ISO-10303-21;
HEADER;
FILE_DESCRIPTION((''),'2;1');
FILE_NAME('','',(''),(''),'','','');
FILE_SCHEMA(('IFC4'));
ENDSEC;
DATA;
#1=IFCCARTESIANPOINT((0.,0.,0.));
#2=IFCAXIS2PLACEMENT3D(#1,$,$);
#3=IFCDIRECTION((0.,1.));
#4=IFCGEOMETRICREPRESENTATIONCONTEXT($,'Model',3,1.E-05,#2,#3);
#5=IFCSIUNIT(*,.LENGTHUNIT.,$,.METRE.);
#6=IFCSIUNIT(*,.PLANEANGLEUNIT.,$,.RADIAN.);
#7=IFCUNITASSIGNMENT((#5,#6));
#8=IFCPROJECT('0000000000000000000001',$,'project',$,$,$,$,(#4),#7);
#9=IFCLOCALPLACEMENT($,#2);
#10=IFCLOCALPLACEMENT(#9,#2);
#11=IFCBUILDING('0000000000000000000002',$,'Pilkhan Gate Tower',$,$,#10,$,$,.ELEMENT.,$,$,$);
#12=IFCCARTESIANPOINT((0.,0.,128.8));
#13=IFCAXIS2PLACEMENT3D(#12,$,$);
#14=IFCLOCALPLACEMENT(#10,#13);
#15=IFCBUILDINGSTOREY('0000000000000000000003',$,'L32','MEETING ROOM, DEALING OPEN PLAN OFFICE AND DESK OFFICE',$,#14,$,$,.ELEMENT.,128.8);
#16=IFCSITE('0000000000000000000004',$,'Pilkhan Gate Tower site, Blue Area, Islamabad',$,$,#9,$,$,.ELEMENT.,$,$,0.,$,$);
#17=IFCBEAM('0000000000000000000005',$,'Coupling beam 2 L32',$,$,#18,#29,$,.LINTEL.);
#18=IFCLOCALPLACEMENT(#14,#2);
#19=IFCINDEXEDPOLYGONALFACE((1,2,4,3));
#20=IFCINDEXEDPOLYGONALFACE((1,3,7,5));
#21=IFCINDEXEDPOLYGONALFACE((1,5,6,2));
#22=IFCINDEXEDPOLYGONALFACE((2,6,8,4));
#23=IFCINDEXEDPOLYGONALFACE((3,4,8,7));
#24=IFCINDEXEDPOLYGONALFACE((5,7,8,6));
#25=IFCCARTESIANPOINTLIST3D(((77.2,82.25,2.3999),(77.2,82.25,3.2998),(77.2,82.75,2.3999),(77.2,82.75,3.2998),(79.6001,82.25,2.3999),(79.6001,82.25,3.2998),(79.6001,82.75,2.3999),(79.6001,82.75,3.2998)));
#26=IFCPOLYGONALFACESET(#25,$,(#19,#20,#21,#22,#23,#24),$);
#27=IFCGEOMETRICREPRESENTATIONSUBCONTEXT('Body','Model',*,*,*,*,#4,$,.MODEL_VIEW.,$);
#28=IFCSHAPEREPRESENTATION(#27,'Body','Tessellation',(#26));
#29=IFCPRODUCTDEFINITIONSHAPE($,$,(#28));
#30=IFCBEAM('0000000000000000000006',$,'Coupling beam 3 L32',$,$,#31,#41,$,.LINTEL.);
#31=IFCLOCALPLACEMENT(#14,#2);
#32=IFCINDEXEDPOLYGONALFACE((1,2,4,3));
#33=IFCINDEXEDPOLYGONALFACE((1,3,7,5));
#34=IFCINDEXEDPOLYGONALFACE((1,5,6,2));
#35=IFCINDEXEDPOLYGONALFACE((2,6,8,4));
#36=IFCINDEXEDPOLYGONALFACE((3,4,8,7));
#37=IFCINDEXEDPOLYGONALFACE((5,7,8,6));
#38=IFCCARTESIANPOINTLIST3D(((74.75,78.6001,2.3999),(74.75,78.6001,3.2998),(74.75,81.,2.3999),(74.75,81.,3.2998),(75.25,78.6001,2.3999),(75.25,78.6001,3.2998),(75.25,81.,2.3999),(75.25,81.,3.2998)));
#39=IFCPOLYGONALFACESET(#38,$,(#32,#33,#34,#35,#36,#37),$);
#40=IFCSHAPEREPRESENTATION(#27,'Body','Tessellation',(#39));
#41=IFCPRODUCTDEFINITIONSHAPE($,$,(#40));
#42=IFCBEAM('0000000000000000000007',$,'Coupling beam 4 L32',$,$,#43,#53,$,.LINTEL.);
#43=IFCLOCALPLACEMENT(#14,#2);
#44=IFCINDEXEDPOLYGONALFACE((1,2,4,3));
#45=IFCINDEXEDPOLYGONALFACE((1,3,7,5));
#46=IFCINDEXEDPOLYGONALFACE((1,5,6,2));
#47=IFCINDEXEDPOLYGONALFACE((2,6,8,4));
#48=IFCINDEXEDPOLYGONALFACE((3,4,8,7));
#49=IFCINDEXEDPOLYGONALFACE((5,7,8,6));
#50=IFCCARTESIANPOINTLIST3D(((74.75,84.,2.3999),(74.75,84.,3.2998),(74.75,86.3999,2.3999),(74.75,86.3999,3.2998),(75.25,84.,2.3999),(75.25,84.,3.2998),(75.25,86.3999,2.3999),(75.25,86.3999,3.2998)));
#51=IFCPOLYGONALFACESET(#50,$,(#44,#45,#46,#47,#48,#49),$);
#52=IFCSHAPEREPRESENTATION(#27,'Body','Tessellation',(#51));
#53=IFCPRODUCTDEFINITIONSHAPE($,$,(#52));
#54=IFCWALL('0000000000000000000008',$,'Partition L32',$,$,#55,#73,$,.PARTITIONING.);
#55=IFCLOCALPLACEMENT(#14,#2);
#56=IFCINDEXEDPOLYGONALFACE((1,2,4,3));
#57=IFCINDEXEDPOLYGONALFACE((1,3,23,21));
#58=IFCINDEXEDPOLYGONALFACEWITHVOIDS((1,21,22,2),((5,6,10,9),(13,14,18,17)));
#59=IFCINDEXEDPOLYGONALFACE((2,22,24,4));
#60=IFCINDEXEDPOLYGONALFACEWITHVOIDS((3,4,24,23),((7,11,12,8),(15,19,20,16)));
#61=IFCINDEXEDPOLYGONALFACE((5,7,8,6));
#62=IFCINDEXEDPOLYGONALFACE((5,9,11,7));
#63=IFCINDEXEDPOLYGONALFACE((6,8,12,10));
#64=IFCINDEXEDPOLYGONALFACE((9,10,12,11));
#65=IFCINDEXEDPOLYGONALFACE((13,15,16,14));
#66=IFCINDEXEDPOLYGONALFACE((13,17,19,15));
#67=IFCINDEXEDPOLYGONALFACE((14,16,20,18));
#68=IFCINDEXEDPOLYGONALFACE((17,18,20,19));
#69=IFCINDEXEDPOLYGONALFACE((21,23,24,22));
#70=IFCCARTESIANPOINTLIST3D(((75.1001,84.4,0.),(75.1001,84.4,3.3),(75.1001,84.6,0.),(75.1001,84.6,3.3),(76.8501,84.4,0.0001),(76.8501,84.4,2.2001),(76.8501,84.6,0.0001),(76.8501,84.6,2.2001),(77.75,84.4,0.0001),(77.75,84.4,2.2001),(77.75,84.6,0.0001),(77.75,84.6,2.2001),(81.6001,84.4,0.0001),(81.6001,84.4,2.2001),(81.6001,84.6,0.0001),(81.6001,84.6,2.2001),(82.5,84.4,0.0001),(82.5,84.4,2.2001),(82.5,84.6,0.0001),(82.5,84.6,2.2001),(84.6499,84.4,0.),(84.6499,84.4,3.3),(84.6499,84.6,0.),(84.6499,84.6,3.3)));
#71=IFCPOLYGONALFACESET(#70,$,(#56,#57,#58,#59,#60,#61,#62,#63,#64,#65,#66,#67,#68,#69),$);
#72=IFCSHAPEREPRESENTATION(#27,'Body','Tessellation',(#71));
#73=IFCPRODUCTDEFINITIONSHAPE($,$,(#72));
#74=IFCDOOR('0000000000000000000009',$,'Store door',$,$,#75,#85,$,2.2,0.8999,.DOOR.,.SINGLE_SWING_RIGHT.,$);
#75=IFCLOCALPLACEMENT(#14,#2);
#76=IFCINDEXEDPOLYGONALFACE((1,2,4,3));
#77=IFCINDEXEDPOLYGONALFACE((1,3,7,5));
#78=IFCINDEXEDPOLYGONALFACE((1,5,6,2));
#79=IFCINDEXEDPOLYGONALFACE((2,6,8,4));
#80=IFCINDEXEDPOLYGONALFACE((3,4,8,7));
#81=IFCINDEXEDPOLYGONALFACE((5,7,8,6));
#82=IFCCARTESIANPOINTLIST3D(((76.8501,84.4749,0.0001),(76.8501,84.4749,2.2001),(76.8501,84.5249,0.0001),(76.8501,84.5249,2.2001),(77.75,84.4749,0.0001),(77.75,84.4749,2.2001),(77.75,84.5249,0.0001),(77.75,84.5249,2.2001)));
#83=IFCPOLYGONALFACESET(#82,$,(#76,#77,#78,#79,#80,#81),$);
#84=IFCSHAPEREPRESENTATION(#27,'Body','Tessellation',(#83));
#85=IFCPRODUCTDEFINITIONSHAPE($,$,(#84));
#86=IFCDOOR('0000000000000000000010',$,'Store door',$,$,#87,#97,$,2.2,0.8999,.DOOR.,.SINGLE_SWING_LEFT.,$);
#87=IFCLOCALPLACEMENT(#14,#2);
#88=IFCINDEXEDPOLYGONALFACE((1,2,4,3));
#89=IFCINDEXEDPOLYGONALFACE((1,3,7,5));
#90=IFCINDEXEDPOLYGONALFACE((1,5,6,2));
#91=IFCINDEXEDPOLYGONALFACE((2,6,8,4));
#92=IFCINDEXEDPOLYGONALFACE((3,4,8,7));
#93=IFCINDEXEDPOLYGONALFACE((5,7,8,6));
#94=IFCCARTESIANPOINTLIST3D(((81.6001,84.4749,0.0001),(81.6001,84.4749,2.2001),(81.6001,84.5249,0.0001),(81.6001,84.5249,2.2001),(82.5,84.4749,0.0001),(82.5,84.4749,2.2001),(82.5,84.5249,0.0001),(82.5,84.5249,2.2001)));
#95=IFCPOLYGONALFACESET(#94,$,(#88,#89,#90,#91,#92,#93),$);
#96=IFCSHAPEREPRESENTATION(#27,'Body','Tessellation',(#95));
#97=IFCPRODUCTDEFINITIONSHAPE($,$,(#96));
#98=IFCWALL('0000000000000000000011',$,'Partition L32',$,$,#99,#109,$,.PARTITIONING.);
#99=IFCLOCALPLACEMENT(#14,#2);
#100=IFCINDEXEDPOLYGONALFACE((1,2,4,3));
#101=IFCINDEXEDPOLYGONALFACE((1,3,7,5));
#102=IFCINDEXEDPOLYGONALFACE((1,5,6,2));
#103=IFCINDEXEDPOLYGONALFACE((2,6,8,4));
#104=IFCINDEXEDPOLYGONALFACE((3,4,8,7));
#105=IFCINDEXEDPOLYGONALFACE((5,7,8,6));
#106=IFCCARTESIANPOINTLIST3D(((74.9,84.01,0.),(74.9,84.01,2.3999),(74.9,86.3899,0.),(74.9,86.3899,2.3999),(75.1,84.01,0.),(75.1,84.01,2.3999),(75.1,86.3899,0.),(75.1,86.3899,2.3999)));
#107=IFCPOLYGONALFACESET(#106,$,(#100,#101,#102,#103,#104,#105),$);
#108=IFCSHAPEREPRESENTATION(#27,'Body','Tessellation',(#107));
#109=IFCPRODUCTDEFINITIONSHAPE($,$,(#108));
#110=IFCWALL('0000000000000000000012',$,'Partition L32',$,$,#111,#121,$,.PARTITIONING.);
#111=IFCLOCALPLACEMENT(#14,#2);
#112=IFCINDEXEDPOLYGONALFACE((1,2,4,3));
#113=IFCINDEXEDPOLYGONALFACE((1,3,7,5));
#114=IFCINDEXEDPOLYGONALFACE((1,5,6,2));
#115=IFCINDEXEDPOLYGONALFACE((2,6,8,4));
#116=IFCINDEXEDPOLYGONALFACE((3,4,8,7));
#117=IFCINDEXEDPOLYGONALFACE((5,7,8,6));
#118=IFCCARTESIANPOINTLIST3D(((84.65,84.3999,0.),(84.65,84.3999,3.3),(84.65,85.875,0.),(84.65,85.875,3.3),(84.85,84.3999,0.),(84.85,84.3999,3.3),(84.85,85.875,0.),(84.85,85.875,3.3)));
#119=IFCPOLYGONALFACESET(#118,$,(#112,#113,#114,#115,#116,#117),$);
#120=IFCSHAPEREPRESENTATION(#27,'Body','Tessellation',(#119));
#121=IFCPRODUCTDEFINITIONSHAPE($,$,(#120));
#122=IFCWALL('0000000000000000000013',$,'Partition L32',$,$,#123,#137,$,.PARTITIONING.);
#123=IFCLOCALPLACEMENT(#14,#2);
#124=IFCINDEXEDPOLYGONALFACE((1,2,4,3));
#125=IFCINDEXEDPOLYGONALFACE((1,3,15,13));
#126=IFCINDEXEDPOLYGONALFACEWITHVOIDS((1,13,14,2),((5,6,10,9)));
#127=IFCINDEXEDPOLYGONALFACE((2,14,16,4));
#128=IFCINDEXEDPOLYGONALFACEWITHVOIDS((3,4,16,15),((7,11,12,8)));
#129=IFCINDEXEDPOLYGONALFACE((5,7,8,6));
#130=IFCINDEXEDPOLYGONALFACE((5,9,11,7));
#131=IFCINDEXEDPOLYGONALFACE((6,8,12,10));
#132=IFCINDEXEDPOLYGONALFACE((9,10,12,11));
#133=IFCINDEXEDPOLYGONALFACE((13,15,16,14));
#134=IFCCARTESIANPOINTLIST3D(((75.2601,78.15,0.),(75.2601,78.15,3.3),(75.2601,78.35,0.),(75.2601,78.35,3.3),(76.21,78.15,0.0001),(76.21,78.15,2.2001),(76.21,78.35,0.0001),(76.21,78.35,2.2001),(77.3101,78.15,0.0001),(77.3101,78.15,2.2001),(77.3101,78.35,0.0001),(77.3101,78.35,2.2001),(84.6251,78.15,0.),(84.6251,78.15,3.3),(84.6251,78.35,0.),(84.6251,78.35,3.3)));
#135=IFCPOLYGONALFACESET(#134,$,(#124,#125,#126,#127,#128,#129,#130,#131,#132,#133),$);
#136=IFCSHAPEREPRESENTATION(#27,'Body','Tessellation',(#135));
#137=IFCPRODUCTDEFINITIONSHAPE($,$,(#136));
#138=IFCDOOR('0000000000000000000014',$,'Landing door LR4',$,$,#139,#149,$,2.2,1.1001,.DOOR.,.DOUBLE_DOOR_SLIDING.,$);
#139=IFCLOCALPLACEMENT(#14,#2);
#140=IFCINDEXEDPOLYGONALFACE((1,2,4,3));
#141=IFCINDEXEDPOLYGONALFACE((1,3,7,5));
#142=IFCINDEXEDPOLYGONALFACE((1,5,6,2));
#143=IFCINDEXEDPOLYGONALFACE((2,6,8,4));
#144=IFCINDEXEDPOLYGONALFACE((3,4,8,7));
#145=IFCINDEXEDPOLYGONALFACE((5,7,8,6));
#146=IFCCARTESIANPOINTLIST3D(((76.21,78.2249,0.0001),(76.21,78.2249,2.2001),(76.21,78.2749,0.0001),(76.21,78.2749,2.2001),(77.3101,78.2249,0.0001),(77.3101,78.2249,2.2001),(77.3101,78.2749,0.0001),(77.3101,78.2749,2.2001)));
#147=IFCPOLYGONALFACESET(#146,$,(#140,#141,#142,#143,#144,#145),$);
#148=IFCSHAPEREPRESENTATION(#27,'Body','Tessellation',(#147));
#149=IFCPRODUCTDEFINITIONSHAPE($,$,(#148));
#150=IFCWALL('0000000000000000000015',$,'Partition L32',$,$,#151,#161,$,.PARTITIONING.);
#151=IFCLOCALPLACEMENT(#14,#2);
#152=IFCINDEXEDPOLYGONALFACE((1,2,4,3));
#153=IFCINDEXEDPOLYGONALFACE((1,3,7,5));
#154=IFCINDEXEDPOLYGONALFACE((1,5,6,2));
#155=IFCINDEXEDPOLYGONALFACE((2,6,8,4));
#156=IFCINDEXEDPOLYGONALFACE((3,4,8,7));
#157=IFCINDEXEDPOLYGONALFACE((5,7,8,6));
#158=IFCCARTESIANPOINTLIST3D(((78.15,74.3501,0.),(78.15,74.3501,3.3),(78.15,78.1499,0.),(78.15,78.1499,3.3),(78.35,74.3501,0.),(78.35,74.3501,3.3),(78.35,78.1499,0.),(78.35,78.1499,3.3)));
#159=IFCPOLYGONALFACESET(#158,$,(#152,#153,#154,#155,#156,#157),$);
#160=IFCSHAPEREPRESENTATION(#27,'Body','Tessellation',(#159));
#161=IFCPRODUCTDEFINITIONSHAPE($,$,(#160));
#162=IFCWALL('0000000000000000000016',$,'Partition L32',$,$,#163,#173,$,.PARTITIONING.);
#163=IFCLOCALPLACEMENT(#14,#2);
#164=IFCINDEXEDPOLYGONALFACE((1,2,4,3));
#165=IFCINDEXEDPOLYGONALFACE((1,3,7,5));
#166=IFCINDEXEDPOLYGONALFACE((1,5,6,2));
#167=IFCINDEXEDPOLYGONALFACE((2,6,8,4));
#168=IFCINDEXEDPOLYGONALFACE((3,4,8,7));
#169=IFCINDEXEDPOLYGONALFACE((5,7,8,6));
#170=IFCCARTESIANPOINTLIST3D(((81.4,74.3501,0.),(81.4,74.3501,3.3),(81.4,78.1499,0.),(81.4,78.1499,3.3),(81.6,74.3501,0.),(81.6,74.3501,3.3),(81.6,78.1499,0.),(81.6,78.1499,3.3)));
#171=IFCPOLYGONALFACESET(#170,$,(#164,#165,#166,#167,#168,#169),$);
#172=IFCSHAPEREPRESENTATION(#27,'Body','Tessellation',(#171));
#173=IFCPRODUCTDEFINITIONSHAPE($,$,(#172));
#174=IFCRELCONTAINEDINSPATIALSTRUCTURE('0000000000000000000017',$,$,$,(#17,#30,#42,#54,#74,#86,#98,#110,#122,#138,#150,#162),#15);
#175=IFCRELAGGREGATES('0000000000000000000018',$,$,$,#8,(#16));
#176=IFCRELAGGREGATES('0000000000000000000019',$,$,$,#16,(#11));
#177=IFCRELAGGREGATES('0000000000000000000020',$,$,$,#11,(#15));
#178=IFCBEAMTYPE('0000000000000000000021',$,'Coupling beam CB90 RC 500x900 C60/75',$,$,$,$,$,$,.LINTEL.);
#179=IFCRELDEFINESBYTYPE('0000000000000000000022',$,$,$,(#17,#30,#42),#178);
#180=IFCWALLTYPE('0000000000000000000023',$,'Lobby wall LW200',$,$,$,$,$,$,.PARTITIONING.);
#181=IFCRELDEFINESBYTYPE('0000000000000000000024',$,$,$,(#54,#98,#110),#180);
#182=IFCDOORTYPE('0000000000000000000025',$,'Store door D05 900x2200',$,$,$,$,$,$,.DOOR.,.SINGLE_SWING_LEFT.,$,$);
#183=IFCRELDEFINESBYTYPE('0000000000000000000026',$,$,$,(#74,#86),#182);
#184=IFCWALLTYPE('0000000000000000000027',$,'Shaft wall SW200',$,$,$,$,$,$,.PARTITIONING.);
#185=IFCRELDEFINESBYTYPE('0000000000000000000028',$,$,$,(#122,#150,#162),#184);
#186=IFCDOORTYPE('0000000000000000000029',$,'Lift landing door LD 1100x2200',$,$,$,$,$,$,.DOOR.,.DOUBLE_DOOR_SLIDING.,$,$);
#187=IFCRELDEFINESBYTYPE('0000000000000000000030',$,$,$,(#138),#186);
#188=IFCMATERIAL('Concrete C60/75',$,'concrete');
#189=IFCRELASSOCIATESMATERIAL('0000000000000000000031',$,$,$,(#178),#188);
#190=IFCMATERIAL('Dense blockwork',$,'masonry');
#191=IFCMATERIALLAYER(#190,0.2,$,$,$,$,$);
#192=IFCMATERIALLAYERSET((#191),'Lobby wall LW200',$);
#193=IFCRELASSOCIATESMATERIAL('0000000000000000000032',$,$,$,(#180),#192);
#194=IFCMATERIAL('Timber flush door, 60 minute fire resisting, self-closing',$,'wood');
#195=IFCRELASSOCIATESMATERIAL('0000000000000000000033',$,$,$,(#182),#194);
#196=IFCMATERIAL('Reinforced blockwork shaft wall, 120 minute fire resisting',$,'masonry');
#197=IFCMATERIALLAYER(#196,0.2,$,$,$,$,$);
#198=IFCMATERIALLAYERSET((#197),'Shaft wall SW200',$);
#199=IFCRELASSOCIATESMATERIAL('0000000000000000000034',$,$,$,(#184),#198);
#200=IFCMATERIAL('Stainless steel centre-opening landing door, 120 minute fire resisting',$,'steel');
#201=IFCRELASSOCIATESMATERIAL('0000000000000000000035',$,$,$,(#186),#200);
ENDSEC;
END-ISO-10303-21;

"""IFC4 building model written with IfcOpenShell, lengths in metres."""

from ifc_helpers import new_model, si_unit, direction, frame, frame_2d, origin, origin_2d, place, context, subcontext, project, spatial, rectangle, extrude, material, layer, layer_set, material_profile, profile_set, type_object, element, fill, save


model = new_model("IFC4")

# Units and contexts
model_context = context("Model", 3, precision=1e-05, world=origin(), true_north=direction((0.0, 1.0)))
body_context = subcontext(model_context, "Body", "Model", "MODEL_VIEW")
ifc_project = project(units=[si_unit("LENGTHUNIT", "METRE"), si_unit("PLANEANGLEUNIT", "RADIAN")], contexts=[model_context])

# Site, building, storey
site_placement = place(None, origin())
site = spatial("IfcSite", under=ifc_project, at=site_placement, Name="Pilkhan Gate Tower site, Blue Area, Islamabad", CompositionType="ELEMENT", RefElevation=0.0)
building_placement = place(site_placement, origin())
building = spatial("IfcBuilding", under=site, at=building_placement, Name="Pilkhan Gate Tower", CompositionType="ELEMENT")
storey_placement = place(building_placement, frame((0.0, 0.0, 128.8)))
storey = spatial("IfcBuildingStorey", under=building, at=storey_placement, Name="L32", Description="MEETING ROOM, DEALING OPEN PLAN OFFICE AND DESK OFFICE", CompositionType="ELEMENT", Elevation=128.8)

# Beams
ifc_material_1 = material(Name="Concrete C60/75", Category="concrete")
ifc_material_profile = material_profile(ifc_material_1, rectangle(XDim=0.5, YDim=0.8999, at=origin_2d()), Name="RC 500x900")
ifc_profile_set = profile_set([ifc_material_profile], Name="Concrete C60/75")
beam_type = type_object("IfcBeamType", Name="Coupling beam CB90 RC 500x900 C60/75", PredefinedType="LINTEL", material=ifc_profile_set)
beam_placement = place(storey_placement, frame((77.2, 82.5, 2.8499), z_axis=(1.0, 0.0, 0.0), x_axis=(0.0, 1.0, 0.0)))
element("IfcBeam", 1, at=beam_placement, inside=storey, type_object=beam_type, Name="Coupling beam 2 L32", PredefinedType="LINTEL", context=body_context, shape_type="SweptSolid", body=[
    extrude(rectangle(XDim=0.5, YDim=0.8999, at=origin_2d()), origin(), (0.0, 0.0, 1.0), 2.4001),
])
for number, where, z_axis, x_axis, name in (
    (2, (75.0, 78.6001, 2.8499), (0.0, 1.0, 0.0), (-1.0, 0.0, 0.0), "Coupling beam 3 L32"),
    (3, (75.0, 84.0, 2.8499), (0.0, 1.0, 0.0), (-1.0, 0.0, 0.0), "Coupling beam 4 L32"),
):
    element("IfcBeam", number, at=place(storey_placement, frame(where, z_axis=z_axis, x_axis=x_axis)), inside=storey, type_object=beam_type, Name=name, PredefinedType="LINTEL", context=body_context, shape_type="SweptSolid", body=[
        extrude(rectangle(XDim=0.5, YDim=0.8999, at=origin_2d()), origin(), (0.0, 0.0, 1.0), 2.3999),
    ])

# Wall, openings, doors
ifc_material_2 = material(Name="Dense blockwork", Category="masonry")
ifc_layer_1 = layer(ifc_material_2, 0.2)
ifc_layer_set_1 = layer_set([ifc_layer_1], Name="Lobby wall LW200")
wall_type_1 = type_object("IfcWallType", Name="Lobby wall LW200", PredefinedType="PARTITIONING", material=ifc_layer_set_1)
wall_1_placement = place(storey_placement, frame((75.1001, 84.5, 0.0), z_axis=(0.0, 0.0, 1.0), x_axis=(1.0, 0.0, 0.0)))
wall_1 = element("IfcWall", 4, at=wall_1_placement, inside=storey, type_object=wall_type_1, Name="Partition L32", PredefinedType="PARTITIONING", context=body_context, shape_type="SweptSolid", body=[
    extrude(rectangle(XDim=9.5498, YDim=0.2, at=frame_2d((4.7749, 0.0))), origin(), (0.0, 0.0, 1.0), 3.3),
])
opening_1_placement = place(wall_1_placement, frame((1.75, 0.0, 0.0)))
opening_1 = element("IfcOpeningElement", 5, at=opening_1_placement, cuts=wall_1, PredefinedType="OPENING", context=body_context, shape_type="SweptSolid", body=[
    extrude(rectangle(XDim=0.8999, YDim=2.2, at=frame_2d((0.45, 1.1001))), frame((0.0, 0.1099, 0.0), z_axis=(0.0, -1.0, 0.0), x_axis=(1.0, 0.0, 0.0)), (0.0, 0.0, 1.0), 0.22),
])
opening_2_placement = place(wall_1_placement, frame((6.5, 0.0, 0.0)))
opening_2 = element("IfcOpeningElement", 6, at=opening_2_placement, cuts=wall_1, PredefinedType="OPENING", context=body_context, shape_type="SweptSolid", body=[
    extrude(rectangle(XDim=0.8999, YDim=2.2, at=frame_2d((0.45, 1.1001))), frame((0.0, 0.1099, 0.0), z_axis=(0.0, -1.0, 0.0), x_axis=(1.0, 0.0, 0.0)), (0.0, 0.0, 1.0), 0.22),
])
ifc_material_3 = material(Name="Timber flush door, 60 minute fire resisting, self-closing", Category="wood")
door_type_1 = type_object("IfcDoorType", Name="Store door D05 900x2200", OperationType="SINGLE_SWING_LEFT", PredefinedType="DOOR", material=ifc_material_3)
door_1_placement = place(opening_1_placement, origin())
door_1 = element("IfcDoor", 7, at=door_1_placement, inside=storey, type_object=door_type_1, Name="Store door", OperationType="SINGLE_SWING_RIGHT", OverallHeight=2.2, OverallWidth=0.8999, PredefinedType="DOOR", context=body_context, shape_type="SweptSolid", body=[
    extrude(rectangle(XDim=0.8999, YDim=2.2, at=frame_2d((0.45, 1.1001))), frame((0.0, 0.0249, 0.0), z_axis=(0.0, -1.0, 0.0), x_axis=(1.0, 0.0, 0.0)), (0.0, 0.0, 1.0), 0.05),
])
fill(opening_1, door_1)
door_2_placement = place(opening_2_placement, origin())
door_2 = element("IfcDoor", 8, at=door_2_placement, inside=storey, type_object=door_type_1, Name="Store door", OperationType="SINGLE_SWING_LEFT", OverallHeight=2.2, OverallWidth=0.8999, PredefinedType="DOOR", context=body_context, shape_type="SweptSolid", body=[
    extrude(rectangle(XDim=0.8999, YDim=2.2, at=frame_2d((0.45, 1.1001))), frame((0.0, 0.0249, 0.0), z_axis=(0.0, -1.0, 0.0), x_axis=(1.0, 0.0, 0.0)), (0.0, 0.0, 1.0), 0.05),
])
fill(opening_2, door_2)

# Walls
wall_2_placement = place(storey_placement, frame((75.0, 84.01, 0.0), z_axis=(0.0, 0.0, 1.0), x_axis=(0.0, 1.0, 0.0)))
element("IfcWall", 9, at=wall_2_placement, inside=storey, type_object=wall_type_1, Name="Partition L32", PredefinedType="PARTITIONING", context=body_context, shape_type="SweptSolid", body=[
    extrude(rectangle(XDim=2.3799, YDim=0.2, at=frame_2d((1.1899, 0.0))), origin(), (0.0, 0.0, 1.0), 2.3999),
])
wall_3_placement = place(storey_placement, frame((84.75, 84.3999, 0.0), z_axis=(0.0, 0.0, 1.0), x_axis=(0.0, 1.0, 0.0)))
element("IfcWall", 10, at=wall_3_placement, inside=storey, type_object=wall_type_1, Name="Partition L32", PredefinedType="PARTITIONING", context=body_context, shape_type="SweptSolid", body=[
    extrude(rectangle(XDim=1.4751, YDim=0.2, at=frame_2d((0.7375, 0.0))), origin(), (0.0, 0.0, 1.0), 3.3),
])

# Wall, opening, door
ifc_material_4 = material(Name="Reinforced blockwork shaft wall, 120 minute fire resisting", Category="masonry")
ifc_layer_2 = layer(ifc_material_4, 0.2)
ifc_layer_set_2 = layer_set([ifc_layer_2], Name="Shaft wall SW200")
wall_type_2 = type_object("IfcWallType", Name="Shaft wall SW200", PredefinedType="PARTITIONING", material=ifc_layer_set_2)
wall_4_placement = place(storey_placement, frame((75.26, 78.25, 0.0), z_axis=(0.0, 0.0, 1.0), x_axis=(1.0, 0.0, 0.0)))
wall_4 = element("IfcWall", 11, at=wall_4_placement, inside=storey, type_object=wall_type_2, Name="Partition L32", PredefinedType="PARTITIONING", context=body_context, shape_type="SweptSolid", body=[
    extrude(rectangle(XDim=9.365, YDim=0.2, at=frame_2d((4.6826, 0.0))), origin(), (0.0, 0.0, 1.0), 3.3),
])
opening_3_placement = place(wall_4_placement, frame((0.95, 0.0, 0.0)))
opening_3 = element("IfcOpeningElement", 12, at=opening_3_placement, cuts=wall_4, PredefinedType="OPENING", context=body_context, shape_type="SweptSolid", body=[
    extrude(rectangle(XDim=1.1001, YDim=2.2, at=frame_2d((0.55, 1.1001))), frame((0.0, 0.1099, 0.0), z_axis=(0.0, -1.0, 0.0), x_axis=(1.0, 0.0, 0.0)), (0.0, 0.0, 1.0), 0.22),
])
ifc_material_5 = material(Name="Stainless steel centre-opening landing door, 120 minute fire resisting", Category="steel")
door_type_2 = type_object("IfcDoorType", Name="Lift landing door LD 1100x2200", OperationType="DOUBLE_DOOR_SLIDING", PredefinedType="DOOR", material=ifc_material_5)
door_3_placement = place(opening_3_placement, origin())
door_3 = element("IfcDoor", 13, at=door_3_placement, inside=storey, type_object=door_type_2, Name="Landing door LR4", OperationType="DOUBLE_DOOR_SLIDING", OverallHeight=2.2, OverallWidth=1.1001, PredefinedType="DOOR", context=body_context, shape_type="SweptSolid", body=[
    extrude(rectangle(XDim=1.1001, YDim=2.2, at=frame_2d((0.55, 1.1001))), frame((0.0, 0.0249, 0.0), z_axis=(0.0, -1.0, 0.0), x_axis=(1.0, 0.0, 0.0)), (0.0, 0.0, 1.0), 0.05),
])
fill(opening_3, door_3)

# Walls
for number, where, z_axis, x_axis, name in (
    (14, (78.25, 74.3501, 0.0), (0.0, 0.0, 1.0), (0.0, 1.0, 0.0), "Partition L32"),
    (15, (81.5, 74.3501, 0.0), (0.0, 0.0, 1.0), (0.0, 1.0, 0.0), "Partition L32"),
):
    element("IfcWall", number, at=place(storey_placement, frame(where, z_axis=z_axis, x_axis=x_axis)), inside=storey, type_object=wall_type_2, Name=name, PredefinedType="PARTITIONING", context=body_context, shape_type="SweptSolid", body=[
        extrude(rectangle(XDim=3.7998, YDim=0.2, at=frame_2d((1.8999, 0.0))), origin(), (0.0, 0.0, 1.0), 3.3),
    ])

save(model, "model.ifc")
